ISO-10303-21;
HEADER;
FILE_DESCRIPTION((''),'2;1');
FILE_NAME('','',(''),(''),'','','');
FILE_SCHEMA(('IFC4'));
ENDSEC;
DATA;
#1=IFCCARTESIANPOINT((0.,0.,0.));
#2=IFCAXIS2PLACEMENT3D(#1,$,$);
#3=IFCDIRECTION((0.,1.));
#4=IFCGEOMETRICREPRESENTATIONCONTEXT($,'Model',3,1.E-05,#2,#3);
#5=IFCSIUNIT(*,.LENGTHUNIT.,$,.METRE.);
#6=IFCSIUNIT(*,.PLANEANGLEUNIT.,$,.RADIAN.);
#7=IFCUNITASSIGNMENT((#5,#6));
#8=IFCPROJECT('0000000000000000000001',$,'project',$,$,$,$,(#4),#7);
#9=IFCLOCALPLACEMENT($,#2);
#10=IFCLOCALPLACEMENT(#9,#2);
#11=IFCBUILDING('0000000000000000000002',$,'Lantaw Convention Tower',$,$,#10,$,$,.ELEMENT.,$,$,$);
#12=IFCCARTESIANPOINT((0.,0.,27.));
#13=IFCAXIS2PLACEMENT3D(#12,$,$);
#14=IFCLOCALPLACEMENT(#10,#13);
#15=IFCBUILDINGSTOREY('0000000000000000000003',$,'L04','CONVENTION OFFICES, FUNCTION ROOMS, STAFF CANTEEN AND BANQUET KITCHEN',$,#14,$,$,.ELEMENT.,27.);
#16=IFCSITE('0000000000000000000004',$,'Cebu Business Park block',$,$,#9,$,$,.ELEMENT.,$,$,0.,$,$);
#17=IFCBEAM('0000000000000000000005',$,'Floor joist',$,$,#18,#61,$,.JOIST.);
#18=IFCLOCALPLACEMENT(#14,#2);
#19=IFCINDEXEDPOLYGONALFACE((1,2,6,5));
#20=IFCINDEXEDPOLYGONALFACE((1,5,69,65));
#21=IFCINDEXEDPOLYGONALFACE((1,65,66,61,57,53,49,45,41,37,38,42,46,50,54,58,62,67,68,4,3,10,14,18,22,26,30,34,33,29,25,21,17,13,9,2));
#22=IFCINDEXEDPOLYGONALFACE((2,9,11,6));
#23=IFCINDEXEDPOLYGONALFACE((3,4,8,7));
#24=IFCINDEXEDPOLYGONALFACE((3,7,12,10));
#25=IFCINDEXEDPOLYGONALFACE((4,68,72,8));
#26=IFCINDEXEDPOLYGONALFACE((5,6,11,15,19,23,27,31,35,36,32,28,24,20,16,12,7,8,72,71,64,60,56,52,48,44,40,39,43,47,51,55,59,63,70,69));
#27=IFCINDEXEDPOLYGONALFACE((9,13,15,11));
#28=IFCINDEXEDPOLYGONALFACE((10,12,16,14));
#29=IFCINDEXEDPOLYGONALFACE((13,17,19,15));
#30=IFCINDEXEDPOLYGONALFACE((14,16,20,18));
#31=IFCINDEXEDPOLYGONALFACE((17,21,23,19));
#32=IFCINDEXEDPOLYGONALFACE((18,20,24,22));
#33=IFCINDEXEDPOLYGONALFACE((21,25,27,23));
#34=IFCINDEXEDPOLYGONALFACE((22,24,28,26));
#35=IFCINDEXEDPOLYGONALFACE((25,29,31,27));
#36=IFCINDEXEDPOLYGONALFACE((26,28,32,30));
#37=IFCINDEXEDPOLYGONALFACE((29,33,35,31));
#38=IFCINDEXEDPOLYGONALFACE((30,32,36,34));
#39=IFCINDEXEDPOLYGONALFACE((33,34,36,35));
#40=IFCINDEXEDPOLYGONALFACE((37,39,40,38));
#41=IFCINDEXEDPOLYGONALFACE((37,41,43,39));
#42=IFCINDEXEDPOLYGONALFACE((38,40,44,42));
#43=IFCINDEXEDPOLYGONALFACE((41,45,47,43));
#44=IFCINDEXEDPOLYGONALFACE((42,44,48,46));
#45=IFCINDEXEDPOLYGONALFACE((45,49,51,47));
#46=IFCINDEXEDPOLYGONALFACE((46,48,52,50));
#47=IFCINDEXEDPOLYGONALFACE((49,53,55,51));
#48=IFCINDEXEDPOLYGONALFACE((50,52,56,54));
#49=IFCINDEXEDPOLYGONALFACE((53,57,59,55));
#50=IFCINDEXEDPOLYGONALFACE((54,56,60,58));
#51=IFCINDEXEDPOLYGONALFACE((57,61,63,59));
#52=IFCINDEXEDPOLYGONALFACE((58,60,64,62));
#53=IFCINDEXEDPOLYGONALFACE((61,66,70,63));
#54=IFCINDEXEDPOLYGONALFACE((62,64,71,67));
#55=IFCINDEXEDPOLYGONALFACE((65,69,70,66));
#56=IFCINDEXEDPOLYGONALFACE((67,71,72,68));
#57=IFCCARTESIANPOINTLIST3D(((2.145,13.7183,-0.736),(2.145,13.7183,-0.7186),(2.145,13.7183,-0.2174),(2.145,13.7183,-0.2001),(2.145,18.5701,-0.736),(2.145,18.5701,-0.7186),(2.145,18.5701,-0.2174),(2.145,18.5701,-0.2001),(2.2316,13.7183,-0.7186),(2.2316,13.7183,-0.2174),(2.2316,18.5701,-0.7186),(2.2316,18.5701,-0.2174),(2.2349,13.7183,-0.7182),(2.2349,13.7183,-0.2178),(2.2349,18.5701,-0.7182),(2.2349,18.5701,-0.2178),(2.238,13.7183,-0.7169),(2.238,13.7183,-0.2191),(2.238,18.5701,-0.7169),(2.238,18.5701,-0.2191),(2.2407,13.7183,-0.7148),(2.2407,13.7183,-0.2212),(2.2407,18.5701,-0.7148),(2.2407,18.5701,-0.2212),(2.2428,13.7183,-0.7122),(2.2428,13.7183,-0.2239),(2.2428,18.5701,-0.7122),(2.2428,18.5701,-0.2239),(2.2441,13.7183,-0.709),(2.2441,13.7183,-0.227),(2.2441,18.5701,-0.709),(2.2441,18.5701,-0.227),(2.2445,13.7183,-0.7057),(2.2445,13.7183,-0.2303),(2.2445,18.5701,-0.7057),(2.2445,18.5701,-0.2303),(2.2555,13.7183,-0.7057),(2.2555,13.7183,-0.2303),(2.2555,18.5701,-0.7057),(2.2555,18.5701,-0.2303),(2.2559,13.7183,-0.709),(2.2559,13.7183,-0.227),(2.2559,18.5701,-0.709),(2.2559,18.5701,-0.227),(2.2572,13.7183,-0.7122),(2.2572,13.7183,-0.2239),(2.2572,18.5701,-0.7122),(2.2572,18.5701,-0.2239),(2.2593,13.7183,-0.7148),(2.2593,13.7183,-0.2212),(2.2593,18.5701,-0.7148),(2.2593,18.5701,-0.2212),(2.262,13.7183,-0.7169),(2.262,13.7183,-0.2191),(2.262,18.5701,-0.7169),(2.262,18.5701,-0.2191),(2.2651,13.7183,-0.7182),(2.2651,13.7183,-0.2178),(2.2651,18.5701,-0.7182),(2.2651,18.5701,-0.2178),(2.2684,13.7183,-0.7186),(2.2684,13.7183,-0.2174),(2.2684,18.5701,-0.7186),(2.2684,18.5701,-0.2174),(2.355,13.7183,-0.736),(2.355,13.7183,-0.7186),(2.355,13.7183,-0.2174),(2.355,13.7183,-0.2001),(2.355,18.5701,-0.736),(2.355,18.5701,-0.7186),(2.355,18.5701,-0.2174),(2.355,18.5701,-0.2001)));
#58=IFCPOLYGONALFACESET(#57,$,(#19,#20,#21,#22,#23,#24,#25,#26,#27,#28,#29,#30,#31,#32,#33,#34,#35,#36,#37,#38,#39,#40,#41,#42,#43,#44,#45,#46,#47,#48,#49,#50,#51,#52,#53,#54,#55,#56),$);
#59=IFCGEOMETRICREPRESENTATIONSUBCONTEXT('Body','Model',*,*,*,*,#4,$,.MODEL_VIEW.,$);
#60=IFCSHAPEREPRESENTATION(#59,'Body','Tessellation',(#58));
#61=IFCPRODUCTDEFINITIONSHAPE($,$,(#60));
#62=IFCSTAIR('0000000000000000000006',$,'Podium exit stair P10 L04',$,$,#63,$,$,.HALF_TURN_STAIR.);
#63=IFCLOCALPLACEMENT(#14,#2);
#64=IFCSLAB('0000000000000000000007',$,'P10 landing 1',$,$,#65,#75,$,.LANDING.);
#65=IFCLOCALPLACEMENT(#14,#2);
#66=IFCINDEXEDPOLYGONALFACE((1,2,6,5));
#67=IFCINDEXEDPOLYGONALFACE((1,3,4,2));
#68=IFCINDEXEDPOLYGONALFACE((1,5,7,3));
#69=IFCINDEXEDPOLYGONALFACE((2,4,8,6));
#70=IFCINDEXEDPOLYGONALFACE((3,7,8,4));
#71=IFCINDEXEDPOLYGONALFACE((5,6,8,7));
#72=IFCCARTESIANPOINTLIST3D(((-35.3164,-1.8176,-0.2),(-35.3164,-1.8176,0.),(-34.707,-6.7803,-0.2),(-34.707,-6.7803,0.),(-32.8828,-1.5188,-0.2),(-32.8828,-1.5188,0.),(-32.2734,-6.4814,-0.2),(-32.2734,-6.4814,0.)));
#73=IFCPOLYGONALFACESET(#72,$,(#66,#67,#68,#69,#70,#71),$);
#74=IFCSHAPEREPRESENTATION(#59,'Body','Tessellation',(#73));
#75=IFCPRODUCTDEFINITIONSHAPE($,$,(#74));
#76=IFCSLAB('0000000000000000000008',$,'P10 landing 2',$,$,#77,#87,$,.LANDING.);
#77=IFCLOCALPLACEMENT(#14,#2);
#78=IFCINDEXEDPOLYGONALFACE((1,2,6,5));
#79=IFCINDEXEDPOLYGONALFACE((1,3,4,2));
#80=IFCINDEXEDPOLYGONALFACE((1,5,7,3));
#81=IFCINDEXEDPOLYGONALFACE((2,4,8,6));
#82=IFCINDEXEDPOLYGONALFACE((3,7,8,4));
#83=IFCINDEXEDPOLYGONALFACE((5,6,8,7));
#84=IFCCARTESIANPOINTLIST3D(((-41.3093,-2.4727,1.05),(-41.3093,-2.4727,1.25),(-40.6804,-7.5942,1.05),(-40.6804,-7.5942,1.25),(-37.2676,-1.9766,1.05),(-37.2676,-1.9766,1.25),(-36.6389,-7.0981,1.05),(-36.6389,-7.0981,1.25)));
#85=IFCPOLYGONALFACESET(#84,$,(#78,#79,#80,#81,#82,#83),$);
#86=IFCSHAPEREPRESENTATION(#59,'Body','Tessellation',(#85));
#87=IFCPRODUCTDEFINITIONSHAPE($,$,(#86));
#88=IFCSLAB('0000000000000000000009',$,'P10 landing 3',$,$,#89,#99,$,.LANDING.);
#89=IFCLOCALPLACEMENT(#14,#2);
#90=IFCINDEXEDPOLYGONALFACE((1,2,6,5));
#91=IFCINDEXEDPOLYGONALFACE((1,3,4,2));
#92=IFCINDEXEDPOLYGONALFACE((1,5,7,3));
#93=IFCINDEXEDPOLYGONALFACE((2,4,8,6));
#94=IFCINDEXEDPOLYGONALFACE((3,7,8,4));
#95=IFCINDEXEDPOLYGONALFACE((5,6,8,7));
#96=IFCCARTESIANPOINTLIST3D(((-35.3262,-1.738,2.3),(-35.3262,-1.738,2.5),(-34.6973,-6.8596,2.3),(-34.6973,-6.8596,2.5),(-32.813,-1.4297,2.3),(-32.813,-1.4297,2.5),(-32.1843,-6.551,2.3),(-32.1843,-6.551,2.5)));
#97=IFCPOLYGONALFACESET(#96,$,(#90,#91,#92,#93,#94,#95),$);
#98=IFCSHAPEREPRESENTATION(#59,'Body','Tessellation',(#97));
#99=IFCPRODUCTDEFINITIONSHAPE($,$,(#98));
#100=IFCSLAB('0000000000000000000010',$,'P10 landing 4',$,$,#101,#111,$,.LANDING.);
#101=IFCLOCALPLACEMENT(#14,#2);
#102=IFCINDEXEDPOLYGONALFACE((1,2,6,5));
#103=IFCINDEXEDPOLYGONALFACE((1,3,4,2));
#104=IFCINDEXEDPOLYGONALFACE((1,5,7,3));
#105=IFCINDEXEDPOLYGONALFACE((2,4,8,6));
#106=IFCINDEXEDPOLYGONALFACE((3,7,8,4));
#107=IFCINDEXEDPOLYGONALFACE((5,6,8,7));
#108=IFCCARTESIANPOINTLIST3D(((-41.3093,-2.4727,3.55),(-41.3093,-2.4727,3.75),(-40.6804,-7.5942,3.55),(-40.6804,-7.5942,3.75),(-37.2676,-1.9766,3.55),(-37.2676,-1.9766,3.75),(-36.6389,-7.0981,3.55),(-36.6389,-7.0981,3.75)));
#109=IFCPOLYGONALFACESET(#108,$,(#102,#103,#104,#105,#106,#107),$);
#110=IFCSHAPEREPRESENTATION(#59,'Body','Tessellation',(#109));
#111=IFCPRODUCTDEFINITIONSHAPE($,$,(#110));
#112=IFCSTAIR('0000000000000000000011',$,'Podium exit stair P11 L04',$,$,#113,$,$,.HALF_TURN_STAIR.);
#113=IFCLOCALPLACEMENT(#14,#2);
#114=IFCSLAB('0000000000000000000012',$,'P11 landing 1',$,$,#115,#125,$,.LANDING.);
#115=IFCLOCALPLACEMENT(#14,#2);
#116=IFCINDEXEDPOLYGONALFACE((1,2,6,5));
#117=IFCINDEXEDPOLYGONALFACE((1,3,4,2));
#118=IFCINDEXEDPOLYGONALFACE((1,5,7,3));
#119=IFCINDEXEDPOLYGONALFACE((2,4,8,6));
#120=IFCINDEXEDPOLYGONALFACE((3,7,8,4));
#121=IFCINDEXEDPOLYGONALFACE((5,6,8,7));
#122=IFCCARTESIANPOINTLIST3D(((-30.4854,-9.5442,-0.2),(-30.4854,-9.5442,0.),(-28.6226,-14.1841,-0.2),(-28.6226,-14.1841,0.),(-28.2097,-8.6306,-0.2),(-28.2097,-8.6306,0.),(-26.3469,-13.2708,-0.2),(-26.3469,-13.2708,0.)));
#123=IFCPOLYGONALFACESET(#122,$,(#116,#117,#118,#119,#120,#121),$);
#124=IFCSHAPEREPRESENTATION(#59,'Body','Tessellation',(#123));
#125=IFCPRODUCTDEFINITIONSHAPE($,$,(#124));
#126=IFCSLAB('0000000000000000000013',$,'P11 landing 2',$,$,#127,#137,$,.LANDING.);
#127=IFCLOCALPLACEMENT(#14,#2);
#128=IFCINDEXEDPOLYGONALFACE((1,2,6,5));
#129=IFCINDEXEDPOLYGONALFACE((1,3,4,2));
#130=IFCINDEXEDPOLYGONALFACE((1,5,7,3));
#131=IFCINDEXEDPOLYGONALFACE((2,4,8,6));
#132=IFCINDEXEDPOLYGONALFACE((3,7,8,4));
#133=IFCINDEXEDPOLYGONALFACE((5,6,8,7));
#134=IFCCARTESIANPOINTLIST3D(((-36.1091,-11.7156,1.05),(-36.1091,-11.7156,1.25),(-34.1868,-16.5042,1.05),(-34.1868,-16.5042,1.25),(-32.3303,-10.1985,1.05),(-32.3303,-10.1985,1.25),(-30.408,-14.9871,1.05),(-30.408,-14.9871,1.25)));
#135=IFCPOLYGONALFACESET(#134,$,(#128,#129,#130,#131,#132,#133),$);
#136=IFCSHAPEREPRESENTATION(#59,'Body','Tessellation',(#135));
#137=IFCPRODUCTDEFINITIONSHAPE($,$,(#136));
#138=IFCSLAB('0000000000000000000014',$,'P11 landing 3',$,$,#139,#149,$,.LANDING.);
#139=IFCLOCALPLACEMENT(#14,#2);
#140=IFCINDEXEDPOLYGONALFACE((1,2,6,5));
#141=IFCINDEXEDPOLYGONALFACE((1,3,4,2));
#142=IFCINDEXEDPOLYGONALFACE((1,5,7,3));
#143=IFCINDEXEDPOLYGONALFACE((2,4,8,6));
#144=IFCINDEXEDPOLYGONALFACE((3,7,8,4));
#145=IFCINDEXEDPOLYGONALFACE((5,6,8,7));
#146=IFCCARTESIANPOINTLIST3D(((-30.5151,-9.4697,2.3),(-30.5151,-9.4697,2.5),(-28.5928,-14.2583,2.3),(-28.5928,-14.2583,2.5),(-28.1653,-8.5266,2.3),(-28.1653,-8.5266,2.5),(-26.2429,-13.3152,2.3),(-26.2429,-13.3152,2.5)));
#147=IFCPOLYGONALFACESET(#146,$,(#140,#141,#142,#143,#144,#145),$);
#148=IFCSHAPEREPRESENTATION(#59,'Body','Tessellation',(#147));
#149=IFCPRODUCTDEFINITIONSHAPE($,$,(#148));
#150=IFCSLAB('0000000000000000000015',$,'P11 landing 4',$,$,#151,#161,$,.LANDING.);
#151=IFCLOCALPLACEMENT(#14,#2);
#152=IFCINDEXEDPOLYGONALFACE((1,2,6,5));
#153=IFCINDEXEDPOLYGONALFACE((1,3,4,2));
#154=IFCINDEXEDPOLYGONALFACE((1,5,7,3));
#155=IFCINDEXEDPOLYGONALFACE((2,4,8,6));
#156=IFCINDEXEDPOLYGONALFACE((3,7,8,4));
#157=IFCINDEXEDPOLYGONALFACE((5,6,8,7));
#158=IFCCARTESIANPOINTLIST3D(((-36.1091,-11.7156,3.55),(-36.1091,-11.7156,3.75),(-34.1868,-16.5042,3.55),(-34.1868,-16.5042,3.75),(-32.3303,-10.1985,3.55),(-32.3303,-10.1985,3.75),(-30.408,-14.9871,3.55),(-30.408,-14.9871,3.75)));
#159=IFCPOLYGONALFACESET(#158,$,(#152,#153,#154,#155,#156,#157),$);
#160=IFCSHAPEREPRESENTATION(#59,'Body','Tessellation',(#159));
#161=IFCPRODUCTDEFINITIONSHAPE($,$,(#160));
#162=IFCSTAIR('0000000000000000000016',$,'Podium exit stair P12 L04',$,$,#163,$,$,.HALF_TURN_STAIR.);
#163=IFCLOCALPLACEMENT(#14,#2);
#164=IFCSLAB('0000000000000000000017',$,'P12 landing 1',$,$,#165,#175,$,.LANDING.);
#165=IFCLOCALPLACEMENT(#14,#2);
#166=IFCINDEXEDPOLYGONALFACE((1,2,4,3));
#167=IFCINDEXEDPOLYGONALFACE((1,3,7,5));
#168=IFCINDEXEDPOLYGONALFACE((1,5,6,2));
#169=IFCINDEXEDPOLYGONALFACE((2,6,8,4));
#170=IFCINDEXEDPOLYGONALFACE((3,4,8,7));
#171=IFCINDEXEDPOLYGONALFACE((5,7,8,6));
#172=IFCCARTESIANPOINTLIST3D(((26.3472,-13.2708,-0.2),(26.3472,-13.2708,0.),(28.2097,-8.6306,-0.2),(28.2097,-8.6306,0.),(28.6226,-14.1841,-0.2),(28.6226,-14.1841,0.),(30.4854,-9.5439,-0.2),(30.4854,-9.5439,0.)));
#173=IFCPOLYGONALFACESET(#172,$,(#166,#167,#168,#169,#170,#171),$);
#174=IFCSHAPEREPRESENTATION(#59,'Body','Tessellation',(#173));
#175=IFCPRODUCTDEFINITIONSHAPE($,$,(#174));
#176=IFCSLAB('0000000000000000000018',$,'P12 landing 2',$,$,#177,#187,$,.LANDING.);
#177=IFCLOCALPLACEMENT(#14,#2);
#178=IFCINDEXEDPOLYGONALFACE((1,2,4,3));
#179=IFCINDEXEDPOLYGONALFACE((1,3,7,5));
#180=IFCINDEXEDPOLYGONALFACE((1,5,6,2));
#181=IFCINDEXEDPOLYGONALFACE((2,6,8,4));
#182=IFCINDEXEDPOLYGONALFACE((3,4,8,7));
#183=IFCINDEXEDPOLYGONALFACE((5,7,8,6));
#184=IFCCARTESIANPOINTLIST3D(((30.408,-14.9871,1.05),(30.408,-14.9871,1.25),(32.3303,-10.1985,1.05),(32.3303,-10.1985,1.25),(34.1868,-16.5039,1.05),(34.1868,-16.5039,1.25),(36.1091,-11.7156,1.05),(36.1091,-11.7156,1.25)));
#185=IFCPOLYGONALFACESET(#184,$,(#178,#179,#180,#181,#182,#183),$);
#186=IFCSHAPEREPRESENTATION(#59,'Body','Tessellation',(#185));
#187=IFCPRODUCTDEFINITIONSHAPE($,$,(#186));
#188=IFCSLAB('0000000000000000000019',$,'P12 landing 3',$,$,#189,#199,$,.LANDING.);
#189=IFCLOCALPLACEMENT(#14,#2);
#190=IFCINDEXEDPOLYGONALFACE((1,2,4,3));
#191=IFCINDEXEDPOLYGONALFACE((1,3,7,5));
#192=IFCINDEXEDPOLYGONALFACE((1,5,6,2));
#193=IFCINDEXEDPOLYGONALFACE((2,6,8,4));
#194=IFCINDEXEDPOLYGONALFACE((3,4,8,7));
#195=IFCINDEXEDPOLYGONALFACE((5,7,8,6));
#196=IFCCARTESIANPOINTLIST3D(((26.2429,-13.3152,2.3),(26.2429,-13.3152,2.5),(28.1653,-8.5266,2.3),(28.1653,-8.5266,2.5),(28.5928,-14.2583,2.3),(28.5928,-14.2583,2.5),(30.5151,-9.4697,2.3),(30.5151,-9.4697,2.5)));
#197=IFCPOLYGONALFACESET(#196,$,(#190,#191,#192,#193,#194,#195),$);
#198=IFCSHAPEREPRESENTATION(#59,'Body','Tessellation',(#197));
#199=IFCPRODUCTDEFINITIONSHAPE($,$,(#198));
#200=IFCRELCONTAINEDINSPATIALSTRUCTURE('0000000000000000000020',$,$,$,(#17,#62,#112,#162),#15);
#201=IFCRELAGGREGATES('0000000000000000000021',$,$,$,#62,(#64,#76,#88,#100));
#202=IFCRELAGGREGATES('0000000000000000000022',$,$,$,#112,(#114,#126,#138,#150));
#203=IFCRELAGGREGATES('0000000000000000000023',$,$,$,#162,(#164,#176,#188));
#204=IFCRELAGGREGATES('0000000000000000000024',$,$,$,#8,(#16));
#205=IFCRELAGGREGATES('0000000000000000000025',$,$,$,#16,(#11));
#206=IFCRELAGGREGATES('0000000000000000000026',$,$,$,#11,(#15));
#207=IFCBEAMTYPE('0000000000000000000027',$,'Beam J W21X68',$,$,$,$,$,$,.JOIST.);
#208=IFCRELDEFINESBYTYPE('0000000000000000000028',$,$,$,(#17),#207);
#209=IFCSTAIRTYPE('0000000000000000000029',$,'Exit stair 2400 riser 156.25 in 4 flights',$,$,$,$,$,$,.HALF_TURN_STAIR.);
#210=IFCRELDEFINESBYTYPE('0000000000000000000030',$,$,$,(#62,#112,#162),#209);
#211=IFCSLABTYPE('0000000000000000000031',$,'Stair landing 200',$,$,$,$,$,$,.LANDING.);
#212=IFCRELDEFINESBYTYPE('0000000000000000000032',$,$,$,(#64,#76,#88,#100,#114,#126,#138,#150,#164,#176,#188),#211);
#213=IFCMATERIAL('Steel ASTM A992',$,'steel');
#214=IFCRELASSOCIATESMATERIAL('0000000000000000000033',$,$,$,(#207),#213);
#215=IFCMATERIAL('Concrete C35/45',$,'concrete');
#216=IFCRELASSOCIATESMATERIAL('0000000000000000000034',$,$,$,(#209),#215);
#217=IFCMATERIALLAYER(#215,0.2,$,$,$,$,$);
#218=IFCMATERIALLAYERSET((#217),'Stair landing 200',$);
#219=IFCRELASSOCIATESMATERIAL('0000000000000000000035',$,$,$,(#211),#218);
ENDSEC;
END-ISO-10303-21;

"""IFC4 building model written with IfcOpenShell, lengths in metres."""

from ifc_helpers import new_model, si_unit, direction, frame, origin, origin_2d, place, context, subcontext, project, spatial, polyline, i_section, outline, extrude, material, layer, layer_set, material_profile, profile_set, type_object, element, aggregate, save


model = new_model("IFC4")

# Units and contexts
model_context = context("Model", 3, precision=1e-05, world=origin(), true_north=direction((0.0, 1.0)))
body_context = subcontext(model_context, "Body", "Model", "MODEL_VIEW")
ifc_project = project(units=[si_unit("LENGTHUNIT", "METRE"), si_unit("PLANEANGLEUNIT", "RADIAN")], contexts=[model_context])

# Site, building, storey
site_placement = place(None, origin())
site = spatial("IfcSite", under=ifc_project, at=site_placement, Name="Cebu Business Park block", CompositionType="ELEMENT", RefElevation=0.0)
building_placement = place(site_placement, origin())
building = spatial("IfcBuilding", under=site, at=building_placement, Name="Lantaw Convention Tower", CompositionType="ELEMENT")
storey_placement = place(building_placement, frame((0.0, 0.0, 27.0)))
storey = spatial("IfcBuildingStorey", under=building, at=storey_placement, Name="L04", Description="CONVENTION OFFICES, FUNCTION ROOMS, STAFF CANTEEN AND BANQUET KITCHEN", CompositionType="ELEMENT", Elevation=27.0)

# Beam
ifc_material_1 = material(Name="Steel ASTM A992", Category="steel")
ifc_material_profile_1 = material_profile(ifc_material_1, i_section(OverallWidth=0.21, OverallDepth=0.5359, WebThickness=0.011, FlangeThickness=0.0173, FilletRadius=0.0129, at=origin_2d()), Name="W21X68")
ifc_profile_set_1 = profile_set([ifc_material_profile_1], Name="Steel ASTM A992")
beam_type_1 = type_object("IfcBeamType", Name="Beam J W21X68", PredefinedType="JOIST", material=ifc_profile_set_1)
beam_1_placement = place(storey_placement, frame((2.25, 13.7183, -0.468), z_axis=(0.0, 1.0, 0.0), x_axis=(-1.0, 0.0, 0.0)))
element("IfcBeam", 1, at=beam_1_placement, inside=storey, type_object=beam_type_1, Name="Floor joist", PredefinedType="JOIST", context=body_context, shape_type="SweptSolid", body=[
    extrude(i_section(OverallWidth=0.21, OverallDepth=0.5359, WebThickness=0.011, FlangeThickness=0.0173, FilletRadius=0.0129, at=origin_2d()), origin(), (0.0, 0.0, 1.0), 4.8518),
])

# Stairs, slabs
ifc_material_2 = material(Name="Concrete C35/45", Category="concrete")
stair_type = type_object("IfcStairType", Name="Exit stair 2400 riser 156.25 in 4 flights", PredefinedType="HALF_TURN_STAIR", material=ifc_material_2)
stair_1_placement = place(storey_placement, origin())
stair_1 = element("IfcStair", 2, at=stair_1_placement, inside=storey, type_object=stair_type, Name="Podium exit stair P10 L04", PredefinedType="HALF_TURN_STAIR")
ifc_layer_1 = layer(ifc_material_2, 0.2)
ifc_layer_set_1 = layer_set([ifc_layer_1], Name="Stair landing 200")
slab_type = type_object("IfcSlabType", Name="Stair landing 200", PredefinedType="LANDING", material=ifc_layer_set_1)
slab_1_placement = place(storey_placement, frame((0.0, 0.0, -0.2)))
slab_1 = element("IfcSlab", 3, at=slab_1_placement, type_object=slab_type, Name="P10 landing 1", PredefinedType="LANDING", context=body_context, shape_type="SweptSolid", body=[
    extrude(outline(polyline([(-32.8828, -1.5188), (-35.3164, -1.8176), (-34.707, -6.7803), (-32.2734, -6.4814), (-32.8828, -1.5188)])), origin(), (0.0, 0.0, 1.0), 0.2),
])
slab_2_placement = place(storey_placement, frame((0.0, 0.0, 1.05)))
slab_2 = element("IfcSlab", 4, at=slab_2_placement, type_object=slab_type, Name="P10 landing 2", PredefinedType="LANDING", context=body_context, shape_type="SweptSolid", body=[
    extrude(outline(polyline([(-37.2676, -1.9766), (-41.3093, -2.4727), (-40.6804, -7.5942), (-36.6389, -7.0981), (-37.2676, -1.9766)])), origin(), (0.0, 0.0, 1.0), 0.2),
])
slab_3_placement = place(storey_placement, frame((0.0, 0.0, 2.3)))
slab_3 = element("IfcSlab", 5, at=slab_3_placement, type_object=slab_type, Name="P10 landing 3", PredefinedType="LANDING", context=body_context, shape_type="SweptSolid", body=[
    extrude(outline(polyline([(-32.813, -1.4297), (-35.3262, -1.738), (-34.6973, -6.8596), (-32.1843, -6.551), (-32.813, -1.4297)])), origin(), (0.0, 0.0, 1.0), 0.2),
])
slab_4_placement = place(storey_placement, frame((0.0, 0.0, 3.55)))
slab_4 = element("IfcSlab", 6, at=slab_4_placement, type_object=slab_type, Name="P10 landing 4", PredefinedType="LANDING", context=body_context, shape_type="SweptSolid", body=[
    extrude(outline(polyline([(-37.2676, -1.9766), (-41.3093, -2.4727), (-40.6804, -7.5942), (-36.6389, -7.0981), (-37.2676, -1.9766)])), origin(), (0.0, 0.0, 1.0), 0.2),
])
aggregate(stair_1, [slab_1, slab_2, slab_3, slab_4])
stair_2_placement = place(storey_placement, origin())
stair_2 = element("IfcStair", 7, at=stair_2_placement, inside=storey, type_object=stair_type, Name="Podium exit stair P11 L04", PredefinedType="HALF_TURN_STAIR")
slab_5_placement = place(storey_placement, frame((0.0, 0.0, -0.2)))
slab_5 = element("IfcSlab", 8, at=slab_5_placement, type_object=slab_type, Name="P11 landing 1", PredefinedType="LANDING", context=body_context, shape_type="SweptSolid", body=[
    extrude(outline(polyline([(-28.2097, -8.6306), (-30.4854, -9.5442), (-28.6226, -14.1841), (-26.3469, -13.2708), (-28.2097, -8.6306)])), origin(), (0.0, 0.0, 1.0), 0.2),
])
slab_6_placement = place(storey_placement, frame((0.0, 0.0, 1.05)))
slab_6 = element("IfcSlab", 9, at=slab_6_placement, type_object=slab_type, Name="P11 landing 2", PredefinedType="LANDING", context=body_context, shape_type="SweptSolid", body=[
    extrude(outline(polyline([(-32.3303, -10.1985), (-36.1091, -11.7156), (-34.1868, -16.5042), (-30.408, -14.9871), (-32.3303, -10.1985)])), origin(), (0.0, 0.0, 1.0), 0.2),
])
slab_7_placement = place(storey_placement, frame((0.0, 0.0, 2.3)))
slab_7 = element("IfcSlab", 10, at=slab_7_placement, type_object=slab_type, Name="P11 landing 3", PredefinedType="LANDING", context=body_context, shape_type="SweptSolid", body=[
    extrude(outline(polyline([(-28.1653, -8.5266), (-30.5151, -9.4697), (-28.5928, -14.2583), (-26.2429, -13.3152), (-28.1653, -8.5266)])), origin(), (0.0, 0.0, 1.0), 0.2),
])
slab_8_placement = place(storey_placement, frame((0.0, 0.0, 3.55)))
slab_8 = element("IfcSlab", 11, at=slab_8_placement, type_object=slab_type, Name="P11 landing 4", PredefinedType="LANDING", context=body_context, shape_type="SweptSolid", body=[
    extrude(outline(polyline([(-32.3303, -10.1985), (-36.1091, -11.7156), (-34.1868, -16.5042), (-30.408, -14.9871), (-32.3303, -10.1985)])), origin(), (0.0, 0.0, 1.0), 0.2),
])
aggregate(stair_2, [slab_5, slab_6, slab_7, slab_8])
stair_3_placement = place(storey_placement, origin())
stair_3 = element("IfcStair", 12, at=stair_3_placement, inside=storey, type_object=stair_type, Name="Podium exit stair P12 L04", PredefinedType="HALF_TURN_STAIR")
slab_9_placement = place(storey_placement, frame((0.0, 0.0, -0.2)))
slab_9 = element("IfcSlab", 13, at=slab_9_placement, type_object=slab_type, Name="P12 landing 1", PredefinedType="LANDING", context=body_context, shape_type="SweptSolid", body=[
    extrude(outline(polyline([(26.3472, -13.2708), (28.6226, -14.1841), (30.4854, -9.5439), (28.2097, -8.6306), (26.3472, -13.2708)])), origin(), (0.0, 0.0, 1.0), 0.2),
])
slab_10_placement = place(storey_placement, frame((0.0, 0.0, 1.05)))
slab_10 = element("IfcSlab", 14, at=slab_10_placement, type_object=slab_type, Name="P12 landing 2", PredefinedType="LANDING", context=body_context, shape_type="SweptSolid", body=[
    extrude(outline(polyline([(30.408, -14.9871), (34.1868, -16.5039), (36.1091, -11.7156), (32.3303, -10.1985), (30.408, -14.9871)])), origin(), (0.0, 0.0, 1.0), 0.2),
])
slab_11_placement = place(storey_placement, frame((0.0, 0.0, 2.3)))
slab_11 = element("IfcSlab", 15, at=slab_11_placement, type_object=slab_type, Name="P12 landing 3", PredefinedType="LANDING", context=body_context, shape_type="SweptSolid", body=[
    extrude(outline(polyline([(26.2429, -13.3152), (28.5928, -14.2583), (30.5151, -9.4697), (28.1653, -8.5266), (26.2429, -13.3152)])), origin(), (0.0, 0.0, 1.0), 0.2),
])
aggregate(stair_3, [slab_9, slab_10, slab_11])

save(model, "model.ifc")
